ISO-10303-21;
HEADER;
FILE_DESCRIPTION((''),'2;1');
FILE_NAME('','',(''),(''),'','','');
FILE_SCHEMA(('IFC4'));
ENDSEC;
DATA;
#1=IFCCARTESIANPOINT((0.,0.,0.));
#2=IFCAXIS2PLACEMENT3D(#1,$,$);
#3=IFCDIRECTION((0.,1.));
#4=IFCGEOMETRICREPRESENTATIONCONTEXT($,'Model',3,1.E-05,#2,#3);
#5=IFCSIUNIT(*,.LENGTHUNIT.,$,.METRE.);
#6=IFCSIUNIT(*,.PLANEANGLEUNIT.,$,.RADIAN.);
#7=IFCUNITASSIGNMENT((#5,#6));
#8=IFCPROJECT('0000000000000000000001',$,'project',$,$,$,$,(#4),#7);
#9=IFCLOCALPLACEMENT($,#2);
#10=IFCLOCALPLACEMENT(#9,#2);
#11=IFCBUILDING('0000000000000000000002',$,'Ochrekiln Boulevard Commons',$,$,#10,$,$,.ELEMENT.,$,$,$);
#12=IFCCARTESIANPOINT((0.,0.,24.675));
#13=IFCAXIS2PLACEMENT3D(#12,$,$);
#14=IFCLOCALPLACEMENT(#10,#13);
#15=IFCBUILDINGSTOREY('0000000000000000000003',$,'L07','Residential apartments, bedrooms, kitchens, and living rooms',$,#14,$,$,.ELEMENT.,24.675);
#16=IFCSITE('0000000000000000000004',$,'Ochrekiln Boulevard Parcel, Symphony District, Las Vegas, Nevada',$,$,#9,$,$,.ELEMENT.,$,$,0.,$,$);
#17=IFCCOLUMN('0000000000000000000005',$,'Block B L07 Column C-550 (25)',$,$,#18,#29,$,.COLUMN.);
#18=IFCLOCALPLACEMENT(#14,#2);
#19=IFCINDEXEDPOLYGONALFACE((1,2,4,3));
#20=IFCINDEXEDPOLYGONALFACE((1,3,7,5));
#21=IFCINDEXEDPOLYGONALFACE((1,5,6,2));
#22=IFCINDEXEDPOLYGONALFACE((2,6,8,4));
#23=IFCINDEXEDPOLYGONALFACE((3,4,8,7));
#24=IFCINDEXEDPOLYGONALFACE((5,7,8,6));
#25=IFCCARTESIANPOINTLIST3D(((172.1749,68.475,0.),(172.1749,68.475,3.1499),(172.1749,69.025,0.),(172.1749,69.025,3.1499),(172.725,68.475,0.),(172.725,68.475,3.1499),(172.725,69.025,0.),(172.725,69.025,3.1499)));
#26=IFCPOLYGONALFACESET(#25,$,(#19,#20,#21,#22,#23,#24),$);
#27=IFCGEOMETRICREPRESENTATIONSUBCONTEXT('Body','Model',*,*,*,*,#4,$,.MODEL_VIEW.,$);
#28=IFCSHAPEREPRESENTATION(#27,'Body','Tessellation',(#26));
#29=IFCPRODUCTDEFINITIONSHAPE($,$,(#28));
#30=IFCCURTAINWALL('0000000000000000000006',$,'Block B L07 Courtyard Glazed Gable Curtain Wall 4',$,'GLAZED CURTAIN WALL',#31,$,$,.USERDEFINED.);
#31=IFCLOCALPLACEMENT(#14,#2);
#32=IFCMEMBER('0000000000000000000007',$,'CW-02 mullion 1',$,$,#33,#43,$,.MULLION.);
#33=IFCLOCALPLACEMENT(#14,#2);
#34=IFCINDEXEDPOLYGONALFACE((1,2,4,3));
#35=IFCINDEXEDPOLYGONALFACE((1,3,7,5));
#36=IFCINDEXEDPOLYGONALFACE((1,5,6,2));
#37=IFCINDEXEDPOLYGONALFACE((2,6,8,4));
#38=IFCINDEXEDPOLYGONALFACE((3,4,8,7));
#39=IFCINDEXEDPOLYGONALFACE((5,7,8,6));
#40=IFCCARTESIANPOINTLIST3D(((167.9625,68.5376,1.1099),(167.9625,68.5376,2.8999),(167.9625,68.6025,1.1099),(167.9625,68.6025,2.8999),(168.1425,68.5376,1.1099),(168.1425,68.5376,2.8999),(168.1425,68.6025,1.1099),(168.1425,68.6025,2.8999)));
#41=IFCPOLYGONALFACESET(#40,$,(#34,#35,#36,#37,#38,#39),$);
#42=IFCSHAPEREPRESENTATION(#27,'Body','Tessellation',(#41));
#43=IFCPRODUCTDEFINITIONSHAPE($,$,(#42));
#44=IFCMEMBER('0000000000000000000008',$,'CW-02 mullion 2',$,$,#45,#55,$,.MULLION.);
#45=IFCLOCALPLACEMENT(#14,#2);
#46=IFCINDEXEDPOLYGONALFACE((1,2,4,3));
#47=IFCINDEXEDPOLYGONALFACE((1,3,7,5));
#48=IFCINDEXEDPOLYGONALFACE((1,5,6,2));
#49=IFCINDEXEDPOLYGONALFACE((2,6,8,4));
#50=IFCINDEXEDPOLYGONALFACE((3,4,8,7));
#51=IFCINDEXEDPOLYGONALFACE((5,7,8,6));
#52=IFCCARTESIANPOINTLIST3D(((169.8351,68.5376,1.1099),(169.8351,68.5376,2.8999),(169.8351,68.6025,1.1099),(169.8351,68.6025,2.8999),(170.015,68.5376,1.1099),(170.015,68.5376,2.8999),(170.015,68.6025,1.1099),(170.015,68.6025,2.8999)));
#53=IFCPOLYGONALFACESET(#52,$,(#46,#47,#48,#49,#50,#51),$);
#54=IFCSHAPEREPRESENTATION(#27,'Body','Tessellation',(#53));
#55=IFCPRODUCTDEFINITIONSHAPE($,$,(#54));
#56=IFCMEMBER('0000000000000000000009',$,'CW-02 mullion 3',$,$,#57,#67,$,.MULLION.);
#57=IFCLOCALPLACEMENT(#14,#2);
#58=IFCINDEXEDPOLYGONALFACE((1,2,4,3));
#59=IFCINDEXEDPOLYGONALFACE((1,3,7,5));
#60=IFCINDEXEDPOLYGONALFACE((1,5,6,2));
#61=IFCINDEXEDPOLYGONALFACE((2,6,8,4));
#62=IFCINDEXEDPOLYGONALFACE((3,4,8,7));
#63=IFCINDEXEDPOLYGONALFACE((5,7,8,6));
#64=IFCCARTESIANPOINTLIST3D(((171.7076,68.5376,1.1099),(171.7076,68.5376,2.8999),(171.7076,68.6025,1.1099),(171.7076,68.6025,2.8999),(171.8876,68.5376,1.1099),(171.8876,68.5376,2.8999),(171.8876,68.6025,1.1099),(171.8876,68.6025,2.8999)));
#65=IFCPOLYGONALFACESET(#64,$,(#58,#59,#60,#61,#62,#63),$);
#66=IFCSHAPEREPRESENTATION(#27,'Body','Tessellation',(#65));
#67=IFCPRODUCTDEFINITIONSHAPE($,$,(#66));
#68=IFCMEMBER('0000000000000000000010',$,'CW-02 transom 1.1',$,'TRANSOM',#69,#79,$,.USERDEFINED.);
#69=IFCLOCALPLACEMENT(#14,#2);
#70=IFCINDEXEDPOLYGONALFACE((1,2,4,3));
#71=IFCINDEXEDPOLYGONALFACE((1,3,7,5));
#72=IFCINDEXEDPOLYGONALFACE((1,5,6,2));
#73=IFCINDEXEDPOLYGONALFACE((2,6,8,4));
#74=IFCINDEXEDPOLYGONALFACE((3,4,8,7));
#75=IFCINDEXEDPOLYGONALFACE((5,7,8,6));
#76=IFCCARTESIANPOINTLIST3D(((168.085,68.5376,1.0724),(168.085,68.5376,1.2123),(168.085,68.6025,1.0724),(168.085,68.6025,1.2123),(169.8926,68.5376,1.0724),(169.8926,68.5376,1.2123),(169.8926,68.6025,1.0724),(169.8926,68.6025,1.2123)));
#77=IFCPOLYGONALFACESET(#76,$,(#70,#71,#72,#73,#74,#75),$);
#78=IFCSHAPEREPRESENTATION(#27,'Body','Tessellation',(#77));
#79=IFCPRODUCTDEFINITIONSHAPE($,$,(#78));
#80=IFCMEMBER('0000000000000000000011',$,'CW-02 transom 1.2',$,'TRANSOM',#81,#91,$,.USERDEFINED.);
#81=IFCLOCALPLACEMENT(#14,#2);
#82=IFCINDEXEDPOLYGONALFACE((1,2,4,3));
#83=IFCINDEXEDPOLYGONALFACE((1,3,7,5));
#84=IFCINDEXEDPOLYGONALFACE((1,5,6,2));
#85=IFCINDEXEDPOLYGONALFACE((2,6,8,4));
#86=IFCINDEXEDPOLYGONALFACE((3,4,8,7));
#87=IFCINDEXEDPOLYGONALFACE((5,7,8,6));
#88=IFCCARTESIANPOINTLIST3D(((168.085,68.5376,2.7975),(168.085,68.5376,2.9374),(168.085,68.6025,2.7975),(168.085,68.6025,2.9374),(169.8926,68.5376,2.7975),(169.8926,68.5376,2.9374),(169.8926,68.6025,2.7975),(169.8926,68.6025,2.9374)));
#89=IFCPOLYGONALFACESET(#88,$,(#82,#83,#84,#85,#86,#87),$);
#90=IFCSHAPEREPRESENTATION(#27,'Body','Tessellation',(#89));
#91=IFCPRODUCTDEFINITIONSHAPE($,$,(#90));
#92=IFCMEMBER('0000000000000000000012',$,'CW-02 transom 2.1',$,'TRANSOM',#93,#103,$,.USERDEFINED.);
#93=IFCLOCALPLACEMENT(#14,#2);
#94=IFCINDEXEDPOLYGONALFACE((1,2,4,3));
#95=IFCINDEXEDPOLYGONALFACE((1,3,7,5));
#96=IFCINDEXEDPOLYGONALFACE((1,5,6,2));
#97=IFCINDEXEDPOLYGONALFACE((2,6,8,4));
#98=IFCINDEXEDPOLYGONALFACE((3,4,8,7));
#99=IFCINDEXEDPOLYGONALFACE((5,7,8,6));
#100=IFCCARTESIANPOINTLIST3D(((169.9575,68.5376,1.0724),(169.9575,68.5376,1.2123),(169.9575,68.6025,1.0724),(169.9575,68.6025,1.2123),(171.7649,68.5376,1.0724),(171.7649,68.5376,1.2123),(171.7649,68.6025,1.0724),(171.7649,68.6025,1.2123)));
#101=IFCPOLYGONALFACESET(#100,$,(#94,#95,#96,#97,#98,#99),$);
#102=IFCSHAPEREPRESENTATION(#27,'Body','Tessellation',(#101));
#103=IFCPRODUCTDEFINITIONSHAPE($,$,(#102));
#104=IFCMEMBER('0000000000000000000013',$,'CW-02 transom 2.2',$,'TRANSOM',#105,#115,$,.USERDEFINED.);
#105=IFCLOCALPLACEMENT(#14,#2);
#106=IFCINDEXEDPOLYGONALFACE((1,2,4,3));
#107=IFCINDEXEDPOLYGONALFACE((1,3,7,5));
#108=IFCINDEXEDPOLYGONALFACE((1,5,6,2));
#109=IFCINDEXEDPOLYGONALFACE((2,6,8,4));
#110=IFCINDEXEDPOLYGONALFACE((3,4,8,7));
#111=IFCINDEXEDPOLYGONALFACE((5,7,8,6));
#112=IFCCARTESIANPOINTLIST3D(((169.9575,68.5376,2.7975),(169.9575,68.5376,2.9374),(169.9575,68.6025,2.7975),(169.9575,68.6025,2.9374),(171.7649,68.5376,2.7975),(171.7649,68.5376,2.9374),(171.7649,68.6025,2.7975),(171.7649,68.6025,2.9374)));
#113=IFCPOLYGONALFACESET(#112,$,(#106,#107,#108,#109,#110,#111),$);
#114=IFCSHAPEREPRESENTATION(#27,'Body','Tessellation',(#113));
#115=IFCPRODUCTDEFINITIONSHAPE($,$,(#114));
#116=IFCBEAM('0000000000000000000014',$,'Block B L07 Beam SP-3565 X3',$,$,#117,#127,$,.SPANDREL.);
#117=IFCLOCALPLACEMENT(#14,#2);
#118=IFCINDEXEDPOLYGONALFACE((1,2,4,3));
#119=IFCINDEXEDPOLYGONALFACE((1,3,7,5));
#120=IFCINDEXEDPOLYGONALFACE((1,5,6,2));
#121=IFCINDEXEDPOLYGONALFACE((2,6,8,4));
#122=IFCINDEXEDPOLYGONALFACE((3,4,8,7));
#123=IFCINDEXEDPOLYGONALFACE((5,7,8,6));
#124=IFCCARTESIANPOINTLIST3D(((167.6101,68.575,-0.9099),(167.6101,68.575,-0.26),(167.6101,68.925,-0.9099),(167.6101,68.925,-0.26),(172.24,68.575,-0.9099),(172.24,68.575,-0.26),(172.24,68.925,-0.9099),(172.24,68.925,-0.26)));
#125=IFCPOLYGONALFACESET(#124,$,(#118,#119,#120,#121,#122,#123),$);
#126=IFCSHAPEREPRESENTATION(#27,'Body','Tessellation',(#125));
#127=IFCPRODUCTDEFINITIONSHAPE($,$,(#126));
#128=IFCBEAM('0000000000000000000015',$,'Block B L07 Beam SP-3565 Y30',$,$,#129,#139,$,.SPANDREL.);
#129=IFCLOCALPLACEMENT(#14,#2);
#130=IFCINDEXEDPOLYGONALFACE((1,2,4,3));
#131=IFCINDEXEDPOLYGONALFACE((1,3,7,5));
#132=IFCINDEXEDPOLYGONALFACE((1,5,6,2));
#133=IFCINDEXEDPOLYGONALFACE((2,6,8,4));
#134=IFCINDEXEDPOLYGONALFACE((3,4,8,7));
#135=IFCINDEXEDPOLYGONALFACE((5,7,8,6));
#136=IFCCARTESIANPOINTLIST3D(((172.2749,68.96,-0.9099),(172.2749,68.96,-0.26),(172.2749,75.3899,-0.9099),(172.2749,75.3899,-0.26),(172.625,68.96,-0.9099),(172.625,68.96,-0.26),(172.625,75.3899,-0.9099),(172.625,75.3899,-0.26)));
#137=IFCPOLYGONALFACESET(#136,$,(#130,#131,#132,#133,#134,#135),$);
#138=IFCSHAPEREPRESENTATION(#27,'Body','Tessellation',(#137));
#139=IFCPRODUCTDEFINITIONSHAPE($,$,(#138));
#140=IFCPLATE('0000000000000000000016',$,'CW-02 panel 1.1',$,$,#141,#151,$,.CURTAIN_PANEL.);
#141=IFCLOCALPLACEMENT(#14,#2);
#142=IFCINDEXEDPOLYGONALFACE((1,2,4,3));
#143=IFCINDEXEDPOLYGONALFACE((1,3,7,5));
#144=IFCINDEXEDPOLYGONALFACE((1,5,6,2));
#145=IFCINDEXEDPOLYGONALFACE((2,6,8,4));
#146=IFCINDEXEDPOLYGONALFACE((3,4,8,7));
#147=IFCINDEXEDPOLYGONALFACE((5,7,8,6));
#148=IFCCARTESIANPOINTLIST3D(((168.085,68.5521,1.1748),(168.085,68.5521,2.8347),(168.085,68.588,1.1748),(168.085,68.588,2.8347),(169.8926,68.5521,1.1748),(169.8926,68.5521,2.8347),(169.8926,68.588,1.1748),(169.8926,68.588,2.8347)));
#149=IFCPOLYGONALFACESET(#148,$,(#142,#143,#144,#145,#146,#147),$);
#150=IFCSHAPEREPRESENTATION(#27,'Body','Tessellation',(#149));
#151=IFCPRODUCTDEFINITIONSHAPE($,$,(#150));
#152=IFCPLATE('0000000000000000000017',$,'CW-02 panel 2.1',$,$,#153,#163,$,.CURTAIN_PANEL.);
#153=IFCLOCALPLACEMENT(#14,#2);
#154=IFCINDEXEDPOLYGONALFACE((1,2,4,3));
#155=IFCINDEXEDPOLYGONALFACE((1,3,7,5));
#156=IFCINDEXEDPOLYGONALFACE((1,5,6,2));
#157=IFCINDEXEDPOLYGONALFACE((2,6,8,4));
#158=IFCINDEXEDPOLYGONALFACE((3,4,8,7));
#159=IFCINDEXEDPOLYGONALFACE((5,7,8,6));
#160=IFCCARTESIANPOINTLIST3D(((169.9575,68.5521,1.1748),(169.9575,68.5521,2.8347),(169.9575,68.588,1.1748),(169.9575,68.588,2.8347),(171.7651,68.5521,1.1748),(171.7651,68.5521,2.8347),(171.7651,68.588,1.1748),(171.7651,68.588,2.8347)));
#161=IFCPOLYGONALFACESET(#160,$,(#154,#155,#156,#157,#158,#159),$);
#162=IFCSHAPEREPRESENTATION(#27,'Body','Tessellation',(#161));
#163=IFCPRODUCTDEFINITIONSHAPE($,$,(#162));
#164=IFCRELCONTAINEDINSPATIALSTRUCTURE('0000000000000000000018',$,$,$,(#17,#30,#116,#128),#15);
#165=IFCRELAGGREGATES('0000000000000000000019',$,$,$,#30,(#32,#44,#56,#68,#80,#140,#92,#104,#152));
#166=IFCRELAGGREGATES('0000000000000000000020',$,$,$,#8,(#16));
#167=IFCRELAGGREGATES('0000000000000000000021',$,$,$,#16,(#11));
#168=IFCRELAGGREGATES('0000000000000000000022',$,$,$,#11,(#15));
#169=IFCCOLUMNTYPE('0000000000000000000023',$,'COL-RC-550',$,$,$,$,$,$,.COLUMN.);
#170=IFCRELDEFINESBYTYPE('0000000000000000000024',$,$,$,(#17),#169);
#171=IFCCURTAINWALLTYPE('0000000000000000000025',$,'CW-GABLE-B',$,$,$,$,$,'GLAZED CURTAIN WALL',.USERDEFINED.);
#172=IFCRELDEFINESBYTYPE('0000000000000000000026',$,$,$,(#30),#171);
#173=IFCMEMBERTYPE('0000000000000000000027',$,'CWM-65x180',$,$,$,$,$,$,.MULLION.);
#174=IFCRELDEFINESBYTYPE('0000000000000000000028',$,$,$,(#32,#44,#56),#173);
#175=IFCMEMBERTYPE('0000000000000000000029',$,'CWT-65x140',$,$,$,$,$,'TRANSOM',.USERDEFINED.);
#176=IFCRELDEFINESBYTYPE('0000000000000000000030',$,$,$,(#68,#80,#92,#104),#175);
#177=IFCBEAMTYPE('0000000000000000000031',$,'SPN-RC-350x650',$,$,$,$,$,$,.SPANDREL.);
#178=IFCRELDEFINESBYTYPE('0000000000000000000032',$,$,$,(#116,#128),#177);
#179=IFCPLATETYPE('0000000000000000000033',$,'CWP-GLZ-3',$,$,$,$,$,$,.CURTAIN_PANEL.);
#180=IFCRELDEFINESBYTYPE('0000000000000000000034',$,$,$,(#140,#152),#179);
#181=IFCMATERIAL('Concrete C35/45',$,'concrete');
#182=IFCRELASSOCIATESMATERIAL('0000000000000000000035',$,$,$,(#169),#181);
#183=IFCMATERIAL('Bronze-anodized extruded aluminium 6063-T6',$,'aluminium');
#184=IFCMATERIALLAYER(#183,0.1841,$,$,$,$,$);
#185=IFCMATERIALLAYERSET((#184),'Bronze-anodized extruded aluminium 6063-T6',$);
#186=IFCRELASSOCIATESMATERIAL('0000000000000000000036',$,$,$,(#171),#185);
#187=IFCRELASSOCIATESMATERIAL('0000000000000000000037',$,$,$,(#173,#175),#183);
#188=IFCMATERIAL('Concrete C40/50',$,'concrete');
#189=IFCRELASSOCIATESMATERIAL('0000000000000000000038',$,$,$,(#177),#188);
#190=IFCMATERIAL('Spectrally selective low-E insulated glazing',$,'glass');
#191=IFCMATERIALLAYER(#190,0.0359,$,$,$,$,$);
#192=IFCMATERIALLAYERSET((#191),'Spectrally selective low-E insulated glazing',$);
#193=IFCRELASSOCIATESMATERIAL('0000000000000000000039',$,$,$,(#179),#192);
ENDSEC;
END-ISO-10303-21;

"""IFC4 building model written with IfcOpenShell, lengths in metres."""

from ifc_helpers import new_model, si_unit, direction, frame, origin, origin_2d, place, context, subcontext, project, spatial, rectangle, extrude, material, layer, layer_set, material_profile, profile_set, type_object, element, aggregate, save


model = new_model("IFC4")

# Units and contexts
model_context = context("Model", 3, precision=1e-05, world=origin(), true_north=direction((0.0, 1.0)))
body_context = subcontext(model_context, "Body", "Model", "MODEL_VIEW")
ifc_project = project(units=[si_unit("LENGTHUNIT", "METRE"), si_unit("PLANEANGLEUNIT", "RADIAN")], contexts=[model_context])

# Site, building, storey
site_placement = place(None, origin())
site = spatial("IfcSite", under=ifc_project, at=site_placement, Name="Ochrekiln Boulevard Parcel, Symphony District, Las Vegas, Nevada", CompositionType="ELEMENT", RefElevation=0.0)
building_placement = place(site_placement, origin())
building = spatial("IfcBuilding", under=site, at=building_placement, Name="Ochrekiln Boulevard Commons", CompositionType="ELEMENT")
storey_placement = place(building_placement, frame((0.0, 0.0, 24.675)))
storey = spatial("IfcBuildingStorey", under=building, at=storey_placement, Name="L07", Description="Residential apartments, bedrooms, kitchens, and living rooms", CompositionType="ELEMENT", Elevation=24.675)

# Column
ifc_material_1 = material(Name="Concrete C35/45", Category="concrete")
ifc_material_profile_1 = material_profile(ifc_material_1, rectangle(XDim=0.55, YDim=0.55, at=origin_2d()), Name="RC-COL-550x550")
ifc_profile_set_1 = profile_set([ifc_material_profile_1], Name="Concrete C35/45")
column_type = type_object("IfcColumnType", Name="COL-RC-550", PredefinedType="COLUMN", material=ifc_profile_set_1)
column_placement = place(storey_placement, frame((172.45, 68.75, 0.0), z_axis=(0.0, 0.0, 1.0), x_axis=(1.0, 0.0, 0.0)))
element("IfcColumn", 1, at=column_placement, inside=storey, type_object=column_type, Name="Block B L07 Column C-550 (25)", PredefinedType="COLUMN", context=body_context, shape_type="SweptSolid", body=[
    extrude(rectangle(XDim=0.55, YDim=0.55, at=origin_2d()), origin(), (0.0, 0.0, 1.0), 3.1499),
])

# Curtain wall, members
ifc_material_2 = material(Name="Bronze-anodized extruded aluminium 6063-T6", Category="aluminium")
ifc_layer_1 = layer(ifc_material_2, 0.1841)
ifc_layer_set_1 = layer_set([ifc_layer_1], Name="Bronze-anodized extruded aluminium 6063-T6")
curtain_wall_type = type_object("IfcCurtainWallType", Name="CW-GABLE-B", ElementType="GLAZED CURTAIN WALL", PredefinedType="USERDEFINED", material=ifc_layer_set_1)
curtain_wall_placement = place(storey_placement, origin())
curtain_wall = element("IfcCurtainWall", 2, at=curtain_wall_placement, inside=storey, type_object=curtain_wall_type, Name="Block B L07 Courtyard Glazed Gable Curtain Wall 4", ObjectType="GLAZED CURTAIN WALL", PredefinedType="USERDEFINED")
ifc_material_profile_2 = material_profile(ifc_material_2, rectangle(XDim=0.0649, YDim=0.1799, at=origin_2d()), Name="ALU-MUL-65x180")
ifc_profile_set_2 = profile_set([ifc_material_profile_2], Name="Bronze-anodized extruded aluminium 6063-T6")
member_type_1 = type_object("IfcMemberType", Name="CWM-65x180", PredefinedType="MULLION", material=ifc_profile_set_2)
member_1_placement = place(storey_placement, frame((168.0525, 68.5701, 1.1099), z_axis=(0.0, 0.0, 1.0), x_axis=(0.0, 1.0, 0.0)))
member_1 = element("IfcMember", 3, at=member_1_placement, type_object=member_type_1, Name="CW-02 mullion 1", PredefinedType="MULLION", context=body_context, shape_type="SweptSolid", body=[
    extrude(rectangle(XDim=0.0649, YDim=0.1799, at=origin_2d()), origin(), (0.0, 0.0, 1.0), 1.79),
])
member_2_placement = place(storey_placement, frame((169.925, 68.5701, 1.1099), z_axis=(0.0, 0.0, 1.0), x_axis=(0.0, 1.0, 0.0)))
member_2 = element("IfcMember", 4, at=member_2_placement, type_object=member_type_1, Name="CW-02 mullion 2", PredefinedType="MULLION", context=body_context, shape_type="SweptSolid", body=[
    extrude(rectangle(XDim=0.0649, YDim=0.1799, at=origin_2d()), origin(), (0.0, 0.0, 1.0), 1.79),
])
member_3_placement = place(storey_placement, frame((171.7976, 68.5701, 1.1099), z_axis=(0.0, 0.0, 1.0), x_axis=(0.0, 1.0, 0.0)))
member_3 = element("IfcMember", 5, at=member_3_placement, type_object=member_type_1, Name="CW-02 mullion 3", PredefinedType="MULLION", context=body_context, shape_type="SweptSolid", body=[
    extrude(rectangle(XDim=0.0649, YDim=0.1799, at=origin_2d()), origin(), (0.0, 0.0, 1.0), 1.79),
])
ifc_material_profile_3 = material_profile(ifc_material_2, rectangle(XDim=0.0649, YDim=0.1399, at=origin_2d()), Name="ALU-TRN-65x140")
ifc_profile_set_3 = profile_set([ifc_material_profile_3], Name="Bronze-anodized extruded aluminium 6063-T6")
member_type_2 = type_object("IfcMemberType", Name="CWT-65x140", ElementType="TRANSOM", PredefinedType="USERDEFINED", material=ifc_profile_set_3)
member_4_placement = place(storey_placement, frame((168.085, 68.5701, 1.1423), z_axis=(1.0, 0.0, 0.0), x_axis=(0.0, 1.0, 0.0)))
member_4 = element("IfcMember", 6, at=member_4_placement, type_object=member_type_2, Name="CW-02 transom 1.1", ObjectType="TRANSOM", PredefinedType="USERDEFINED", context=body_context, shape_type="SweptSolid", body=[
    extrude(rectangle(XDim=0.0649, YDim=0.1399, at=origin_2d()), origin(), (0.0, 0.0, 1.0), 1.8076),
])
member_5_placement = place(storey_placement, frame((168.085, 68.5701, 2.8674), z_axis=(1.0, 0.0, 0.0), x_axis=(0.0, 1.0, 0.0)))
member_5 = element("IfcMember", 7, at=member_5_placement, type_object=member_type_2, Name="CW-02 transom 1.2", ObjectType="TRANSOM", PredefinedType="USERDEFINED", context=body_context, shape_type="SweptSolid", body=[
    extrude(rectangle(XDim=0.0649, YDim=0.1399, at=origin_2d()), origin(), (0.0, 0.0, 1.0), 1.8076),
])
member_6_placement = place(storey_placement, frame((169.9575, 68.5701, 1.1423), z_axis=(1.0, 0.0, 0.0), x_axis=(0.0, 1.0, 0.0)))
member_6 = element("IfcMember", 8, at=member_6_placement, type_object=member_type_2, Name="CW-02 transom 2.1", ObjectType="TRANSOM", PredefinedType="USERDEFINED", context=body_context, shape_type="SweptSolid", body=[
    extrude(rectangle(XDim=0.0649, YDim=0.1399, at=origin_2d()), origin(), (0.0, 0.0, 1.0), 1.8074),
])
member_7_placement = place(storey_placement, frame((169.9575, 68.5701, 2.8674), z_axis=(1.0, 0.0, 0.0), x_axis=(0.0, 1.0, 0.0)))
member_7 = element("IfcMember", 9, at=member_7_placement, type_object=member_type_2, Name="CW-02 transom 2.2", ObjectType="TRANSOM", PredefinedType="USERDEFINED", context=body_context, shape_type="SweptSolid", body=[
    extrude(rectangle(XDim=0.0649, YDim=0.1399, at=origin_2d()), origin(), (0.0, 0.0, 1.0), 1.8074),
])

# Beams
ifc_material_3 = material(Name="Concrete C40/50", Category="concrete")
ifc_material_profile_4 = material_profile(ifc_material_3, rectangle(XDim=0.3501, YDim=0.6499, at=origin_2d()), Name="RC-SPN-350x650")
ifc_profile_set_4 = profile_set([ifc_material_profile_4], Name="Concrete C40/50")
beam_type = type_object("IfcBeamType", Name="SPN-RC-350x650", PredefinedType="SPANDREL", material=ifc_profile_set_4)
beam_1_placement = place(storey_placement, frame((167.6101, 68.75, -0.585), z_axis=(1.0, 0.0, 0.0), x_axis=(0.0, 1.0, 0.0)))
element("IfcBeam", 10, at=beam_1_placement, inside=storey, type_object=beam_type, Name="Block B L07 Beam SP-3565 X3", PredefinedType="SPANDREL", context=body_context, shape_type="SweptSolid", body=[
    extrude(rectangle(XDim=0.3501, YDim=0.6499, at=origin_2d()), origin(), (0.0, 0.0, 1.0), 4.6299),
])
beam_2_placement = place(storey_placement, frame((172.45, 68.96, -0.585), z_axis=(0.0, 1.0, 0.0), x_axis=(-1.0, 0.0, 0.0)))
element("IfcBeam", 11, at=beam_2_placement, inside=storey, type_object=beam_type, Name="Block B L07 Beam SP-3565 Y30", PredefinedType="SPANDREL", context=body_context, shape_type="SweptSolid", body=[
    extrude(rectangle(XDim=0.3501, YDim=0.6499, at=origin_2d()), origin(), (0.0, 0.0, 1.0), 6.4299),
])

# Plates
ifc_material_4 = material(Name="Spectrally selective low-E insulated glazing", Category="glass")
ifc_layer_2 = layer(ifc_material_4, 0.0359)
ifc_layer_set_2 = layer_set([ifc_layer_2], Name="Spectrally selective low-E insulated glazing")
plate_type = type_object("IfcPlateType", Name="CWP-GLZ-3", PredefinedType="CURTAIN_PANEL", material=ifc_layer_set_2)
plate_1_placement = place(storey_placement, frame((168.9888, 68.5701, 1.1748), z_axis=(0.0, 0.0, 1.0), x_axis=(1.0, 0.0, 0.0)))
plate_1 = element("IfcPlate", 12, at=plate_1_placement, type_object=plate_type, Name="CW-02 panel 1.1", PredefinedType="CURTAIN_PANEL", context=body_context, shape_type="SweptSolid", body=[
    extrude(rectangle(XDim=1.8076, YDim=0.0359, at=origin_2d()), origin(), (0.0, 0.0, 1.0), 1.6599),
])
plate_2_placement = place(storey_placement, frame((170.8613, 68.5701, 1.1748), z_axis=(0.0, 0.0, 1.0), x_axis=(1.0, 0.0, 0.0)))
plate_2 = element("IfcPlate", 13, at=plate_2_placement, type_object=plate_type, Name="CW-02 panel 2.1", PredefinedType="CURTAIN_PANEL", context=body_context, shape_type="SweptSolid", body=[
    extrude(rectangle(XDim=1.8076, YDim=0.0359, at=origin_2d()), origin(), (0.0, 0.0, 1.0), 1.6599),
])
aggregate(curtain_wall, [member_1, member_2, member_3, member_4, member_5, plate_1, member_6, member_7, plate_2])

save(model, "model.ifc")
